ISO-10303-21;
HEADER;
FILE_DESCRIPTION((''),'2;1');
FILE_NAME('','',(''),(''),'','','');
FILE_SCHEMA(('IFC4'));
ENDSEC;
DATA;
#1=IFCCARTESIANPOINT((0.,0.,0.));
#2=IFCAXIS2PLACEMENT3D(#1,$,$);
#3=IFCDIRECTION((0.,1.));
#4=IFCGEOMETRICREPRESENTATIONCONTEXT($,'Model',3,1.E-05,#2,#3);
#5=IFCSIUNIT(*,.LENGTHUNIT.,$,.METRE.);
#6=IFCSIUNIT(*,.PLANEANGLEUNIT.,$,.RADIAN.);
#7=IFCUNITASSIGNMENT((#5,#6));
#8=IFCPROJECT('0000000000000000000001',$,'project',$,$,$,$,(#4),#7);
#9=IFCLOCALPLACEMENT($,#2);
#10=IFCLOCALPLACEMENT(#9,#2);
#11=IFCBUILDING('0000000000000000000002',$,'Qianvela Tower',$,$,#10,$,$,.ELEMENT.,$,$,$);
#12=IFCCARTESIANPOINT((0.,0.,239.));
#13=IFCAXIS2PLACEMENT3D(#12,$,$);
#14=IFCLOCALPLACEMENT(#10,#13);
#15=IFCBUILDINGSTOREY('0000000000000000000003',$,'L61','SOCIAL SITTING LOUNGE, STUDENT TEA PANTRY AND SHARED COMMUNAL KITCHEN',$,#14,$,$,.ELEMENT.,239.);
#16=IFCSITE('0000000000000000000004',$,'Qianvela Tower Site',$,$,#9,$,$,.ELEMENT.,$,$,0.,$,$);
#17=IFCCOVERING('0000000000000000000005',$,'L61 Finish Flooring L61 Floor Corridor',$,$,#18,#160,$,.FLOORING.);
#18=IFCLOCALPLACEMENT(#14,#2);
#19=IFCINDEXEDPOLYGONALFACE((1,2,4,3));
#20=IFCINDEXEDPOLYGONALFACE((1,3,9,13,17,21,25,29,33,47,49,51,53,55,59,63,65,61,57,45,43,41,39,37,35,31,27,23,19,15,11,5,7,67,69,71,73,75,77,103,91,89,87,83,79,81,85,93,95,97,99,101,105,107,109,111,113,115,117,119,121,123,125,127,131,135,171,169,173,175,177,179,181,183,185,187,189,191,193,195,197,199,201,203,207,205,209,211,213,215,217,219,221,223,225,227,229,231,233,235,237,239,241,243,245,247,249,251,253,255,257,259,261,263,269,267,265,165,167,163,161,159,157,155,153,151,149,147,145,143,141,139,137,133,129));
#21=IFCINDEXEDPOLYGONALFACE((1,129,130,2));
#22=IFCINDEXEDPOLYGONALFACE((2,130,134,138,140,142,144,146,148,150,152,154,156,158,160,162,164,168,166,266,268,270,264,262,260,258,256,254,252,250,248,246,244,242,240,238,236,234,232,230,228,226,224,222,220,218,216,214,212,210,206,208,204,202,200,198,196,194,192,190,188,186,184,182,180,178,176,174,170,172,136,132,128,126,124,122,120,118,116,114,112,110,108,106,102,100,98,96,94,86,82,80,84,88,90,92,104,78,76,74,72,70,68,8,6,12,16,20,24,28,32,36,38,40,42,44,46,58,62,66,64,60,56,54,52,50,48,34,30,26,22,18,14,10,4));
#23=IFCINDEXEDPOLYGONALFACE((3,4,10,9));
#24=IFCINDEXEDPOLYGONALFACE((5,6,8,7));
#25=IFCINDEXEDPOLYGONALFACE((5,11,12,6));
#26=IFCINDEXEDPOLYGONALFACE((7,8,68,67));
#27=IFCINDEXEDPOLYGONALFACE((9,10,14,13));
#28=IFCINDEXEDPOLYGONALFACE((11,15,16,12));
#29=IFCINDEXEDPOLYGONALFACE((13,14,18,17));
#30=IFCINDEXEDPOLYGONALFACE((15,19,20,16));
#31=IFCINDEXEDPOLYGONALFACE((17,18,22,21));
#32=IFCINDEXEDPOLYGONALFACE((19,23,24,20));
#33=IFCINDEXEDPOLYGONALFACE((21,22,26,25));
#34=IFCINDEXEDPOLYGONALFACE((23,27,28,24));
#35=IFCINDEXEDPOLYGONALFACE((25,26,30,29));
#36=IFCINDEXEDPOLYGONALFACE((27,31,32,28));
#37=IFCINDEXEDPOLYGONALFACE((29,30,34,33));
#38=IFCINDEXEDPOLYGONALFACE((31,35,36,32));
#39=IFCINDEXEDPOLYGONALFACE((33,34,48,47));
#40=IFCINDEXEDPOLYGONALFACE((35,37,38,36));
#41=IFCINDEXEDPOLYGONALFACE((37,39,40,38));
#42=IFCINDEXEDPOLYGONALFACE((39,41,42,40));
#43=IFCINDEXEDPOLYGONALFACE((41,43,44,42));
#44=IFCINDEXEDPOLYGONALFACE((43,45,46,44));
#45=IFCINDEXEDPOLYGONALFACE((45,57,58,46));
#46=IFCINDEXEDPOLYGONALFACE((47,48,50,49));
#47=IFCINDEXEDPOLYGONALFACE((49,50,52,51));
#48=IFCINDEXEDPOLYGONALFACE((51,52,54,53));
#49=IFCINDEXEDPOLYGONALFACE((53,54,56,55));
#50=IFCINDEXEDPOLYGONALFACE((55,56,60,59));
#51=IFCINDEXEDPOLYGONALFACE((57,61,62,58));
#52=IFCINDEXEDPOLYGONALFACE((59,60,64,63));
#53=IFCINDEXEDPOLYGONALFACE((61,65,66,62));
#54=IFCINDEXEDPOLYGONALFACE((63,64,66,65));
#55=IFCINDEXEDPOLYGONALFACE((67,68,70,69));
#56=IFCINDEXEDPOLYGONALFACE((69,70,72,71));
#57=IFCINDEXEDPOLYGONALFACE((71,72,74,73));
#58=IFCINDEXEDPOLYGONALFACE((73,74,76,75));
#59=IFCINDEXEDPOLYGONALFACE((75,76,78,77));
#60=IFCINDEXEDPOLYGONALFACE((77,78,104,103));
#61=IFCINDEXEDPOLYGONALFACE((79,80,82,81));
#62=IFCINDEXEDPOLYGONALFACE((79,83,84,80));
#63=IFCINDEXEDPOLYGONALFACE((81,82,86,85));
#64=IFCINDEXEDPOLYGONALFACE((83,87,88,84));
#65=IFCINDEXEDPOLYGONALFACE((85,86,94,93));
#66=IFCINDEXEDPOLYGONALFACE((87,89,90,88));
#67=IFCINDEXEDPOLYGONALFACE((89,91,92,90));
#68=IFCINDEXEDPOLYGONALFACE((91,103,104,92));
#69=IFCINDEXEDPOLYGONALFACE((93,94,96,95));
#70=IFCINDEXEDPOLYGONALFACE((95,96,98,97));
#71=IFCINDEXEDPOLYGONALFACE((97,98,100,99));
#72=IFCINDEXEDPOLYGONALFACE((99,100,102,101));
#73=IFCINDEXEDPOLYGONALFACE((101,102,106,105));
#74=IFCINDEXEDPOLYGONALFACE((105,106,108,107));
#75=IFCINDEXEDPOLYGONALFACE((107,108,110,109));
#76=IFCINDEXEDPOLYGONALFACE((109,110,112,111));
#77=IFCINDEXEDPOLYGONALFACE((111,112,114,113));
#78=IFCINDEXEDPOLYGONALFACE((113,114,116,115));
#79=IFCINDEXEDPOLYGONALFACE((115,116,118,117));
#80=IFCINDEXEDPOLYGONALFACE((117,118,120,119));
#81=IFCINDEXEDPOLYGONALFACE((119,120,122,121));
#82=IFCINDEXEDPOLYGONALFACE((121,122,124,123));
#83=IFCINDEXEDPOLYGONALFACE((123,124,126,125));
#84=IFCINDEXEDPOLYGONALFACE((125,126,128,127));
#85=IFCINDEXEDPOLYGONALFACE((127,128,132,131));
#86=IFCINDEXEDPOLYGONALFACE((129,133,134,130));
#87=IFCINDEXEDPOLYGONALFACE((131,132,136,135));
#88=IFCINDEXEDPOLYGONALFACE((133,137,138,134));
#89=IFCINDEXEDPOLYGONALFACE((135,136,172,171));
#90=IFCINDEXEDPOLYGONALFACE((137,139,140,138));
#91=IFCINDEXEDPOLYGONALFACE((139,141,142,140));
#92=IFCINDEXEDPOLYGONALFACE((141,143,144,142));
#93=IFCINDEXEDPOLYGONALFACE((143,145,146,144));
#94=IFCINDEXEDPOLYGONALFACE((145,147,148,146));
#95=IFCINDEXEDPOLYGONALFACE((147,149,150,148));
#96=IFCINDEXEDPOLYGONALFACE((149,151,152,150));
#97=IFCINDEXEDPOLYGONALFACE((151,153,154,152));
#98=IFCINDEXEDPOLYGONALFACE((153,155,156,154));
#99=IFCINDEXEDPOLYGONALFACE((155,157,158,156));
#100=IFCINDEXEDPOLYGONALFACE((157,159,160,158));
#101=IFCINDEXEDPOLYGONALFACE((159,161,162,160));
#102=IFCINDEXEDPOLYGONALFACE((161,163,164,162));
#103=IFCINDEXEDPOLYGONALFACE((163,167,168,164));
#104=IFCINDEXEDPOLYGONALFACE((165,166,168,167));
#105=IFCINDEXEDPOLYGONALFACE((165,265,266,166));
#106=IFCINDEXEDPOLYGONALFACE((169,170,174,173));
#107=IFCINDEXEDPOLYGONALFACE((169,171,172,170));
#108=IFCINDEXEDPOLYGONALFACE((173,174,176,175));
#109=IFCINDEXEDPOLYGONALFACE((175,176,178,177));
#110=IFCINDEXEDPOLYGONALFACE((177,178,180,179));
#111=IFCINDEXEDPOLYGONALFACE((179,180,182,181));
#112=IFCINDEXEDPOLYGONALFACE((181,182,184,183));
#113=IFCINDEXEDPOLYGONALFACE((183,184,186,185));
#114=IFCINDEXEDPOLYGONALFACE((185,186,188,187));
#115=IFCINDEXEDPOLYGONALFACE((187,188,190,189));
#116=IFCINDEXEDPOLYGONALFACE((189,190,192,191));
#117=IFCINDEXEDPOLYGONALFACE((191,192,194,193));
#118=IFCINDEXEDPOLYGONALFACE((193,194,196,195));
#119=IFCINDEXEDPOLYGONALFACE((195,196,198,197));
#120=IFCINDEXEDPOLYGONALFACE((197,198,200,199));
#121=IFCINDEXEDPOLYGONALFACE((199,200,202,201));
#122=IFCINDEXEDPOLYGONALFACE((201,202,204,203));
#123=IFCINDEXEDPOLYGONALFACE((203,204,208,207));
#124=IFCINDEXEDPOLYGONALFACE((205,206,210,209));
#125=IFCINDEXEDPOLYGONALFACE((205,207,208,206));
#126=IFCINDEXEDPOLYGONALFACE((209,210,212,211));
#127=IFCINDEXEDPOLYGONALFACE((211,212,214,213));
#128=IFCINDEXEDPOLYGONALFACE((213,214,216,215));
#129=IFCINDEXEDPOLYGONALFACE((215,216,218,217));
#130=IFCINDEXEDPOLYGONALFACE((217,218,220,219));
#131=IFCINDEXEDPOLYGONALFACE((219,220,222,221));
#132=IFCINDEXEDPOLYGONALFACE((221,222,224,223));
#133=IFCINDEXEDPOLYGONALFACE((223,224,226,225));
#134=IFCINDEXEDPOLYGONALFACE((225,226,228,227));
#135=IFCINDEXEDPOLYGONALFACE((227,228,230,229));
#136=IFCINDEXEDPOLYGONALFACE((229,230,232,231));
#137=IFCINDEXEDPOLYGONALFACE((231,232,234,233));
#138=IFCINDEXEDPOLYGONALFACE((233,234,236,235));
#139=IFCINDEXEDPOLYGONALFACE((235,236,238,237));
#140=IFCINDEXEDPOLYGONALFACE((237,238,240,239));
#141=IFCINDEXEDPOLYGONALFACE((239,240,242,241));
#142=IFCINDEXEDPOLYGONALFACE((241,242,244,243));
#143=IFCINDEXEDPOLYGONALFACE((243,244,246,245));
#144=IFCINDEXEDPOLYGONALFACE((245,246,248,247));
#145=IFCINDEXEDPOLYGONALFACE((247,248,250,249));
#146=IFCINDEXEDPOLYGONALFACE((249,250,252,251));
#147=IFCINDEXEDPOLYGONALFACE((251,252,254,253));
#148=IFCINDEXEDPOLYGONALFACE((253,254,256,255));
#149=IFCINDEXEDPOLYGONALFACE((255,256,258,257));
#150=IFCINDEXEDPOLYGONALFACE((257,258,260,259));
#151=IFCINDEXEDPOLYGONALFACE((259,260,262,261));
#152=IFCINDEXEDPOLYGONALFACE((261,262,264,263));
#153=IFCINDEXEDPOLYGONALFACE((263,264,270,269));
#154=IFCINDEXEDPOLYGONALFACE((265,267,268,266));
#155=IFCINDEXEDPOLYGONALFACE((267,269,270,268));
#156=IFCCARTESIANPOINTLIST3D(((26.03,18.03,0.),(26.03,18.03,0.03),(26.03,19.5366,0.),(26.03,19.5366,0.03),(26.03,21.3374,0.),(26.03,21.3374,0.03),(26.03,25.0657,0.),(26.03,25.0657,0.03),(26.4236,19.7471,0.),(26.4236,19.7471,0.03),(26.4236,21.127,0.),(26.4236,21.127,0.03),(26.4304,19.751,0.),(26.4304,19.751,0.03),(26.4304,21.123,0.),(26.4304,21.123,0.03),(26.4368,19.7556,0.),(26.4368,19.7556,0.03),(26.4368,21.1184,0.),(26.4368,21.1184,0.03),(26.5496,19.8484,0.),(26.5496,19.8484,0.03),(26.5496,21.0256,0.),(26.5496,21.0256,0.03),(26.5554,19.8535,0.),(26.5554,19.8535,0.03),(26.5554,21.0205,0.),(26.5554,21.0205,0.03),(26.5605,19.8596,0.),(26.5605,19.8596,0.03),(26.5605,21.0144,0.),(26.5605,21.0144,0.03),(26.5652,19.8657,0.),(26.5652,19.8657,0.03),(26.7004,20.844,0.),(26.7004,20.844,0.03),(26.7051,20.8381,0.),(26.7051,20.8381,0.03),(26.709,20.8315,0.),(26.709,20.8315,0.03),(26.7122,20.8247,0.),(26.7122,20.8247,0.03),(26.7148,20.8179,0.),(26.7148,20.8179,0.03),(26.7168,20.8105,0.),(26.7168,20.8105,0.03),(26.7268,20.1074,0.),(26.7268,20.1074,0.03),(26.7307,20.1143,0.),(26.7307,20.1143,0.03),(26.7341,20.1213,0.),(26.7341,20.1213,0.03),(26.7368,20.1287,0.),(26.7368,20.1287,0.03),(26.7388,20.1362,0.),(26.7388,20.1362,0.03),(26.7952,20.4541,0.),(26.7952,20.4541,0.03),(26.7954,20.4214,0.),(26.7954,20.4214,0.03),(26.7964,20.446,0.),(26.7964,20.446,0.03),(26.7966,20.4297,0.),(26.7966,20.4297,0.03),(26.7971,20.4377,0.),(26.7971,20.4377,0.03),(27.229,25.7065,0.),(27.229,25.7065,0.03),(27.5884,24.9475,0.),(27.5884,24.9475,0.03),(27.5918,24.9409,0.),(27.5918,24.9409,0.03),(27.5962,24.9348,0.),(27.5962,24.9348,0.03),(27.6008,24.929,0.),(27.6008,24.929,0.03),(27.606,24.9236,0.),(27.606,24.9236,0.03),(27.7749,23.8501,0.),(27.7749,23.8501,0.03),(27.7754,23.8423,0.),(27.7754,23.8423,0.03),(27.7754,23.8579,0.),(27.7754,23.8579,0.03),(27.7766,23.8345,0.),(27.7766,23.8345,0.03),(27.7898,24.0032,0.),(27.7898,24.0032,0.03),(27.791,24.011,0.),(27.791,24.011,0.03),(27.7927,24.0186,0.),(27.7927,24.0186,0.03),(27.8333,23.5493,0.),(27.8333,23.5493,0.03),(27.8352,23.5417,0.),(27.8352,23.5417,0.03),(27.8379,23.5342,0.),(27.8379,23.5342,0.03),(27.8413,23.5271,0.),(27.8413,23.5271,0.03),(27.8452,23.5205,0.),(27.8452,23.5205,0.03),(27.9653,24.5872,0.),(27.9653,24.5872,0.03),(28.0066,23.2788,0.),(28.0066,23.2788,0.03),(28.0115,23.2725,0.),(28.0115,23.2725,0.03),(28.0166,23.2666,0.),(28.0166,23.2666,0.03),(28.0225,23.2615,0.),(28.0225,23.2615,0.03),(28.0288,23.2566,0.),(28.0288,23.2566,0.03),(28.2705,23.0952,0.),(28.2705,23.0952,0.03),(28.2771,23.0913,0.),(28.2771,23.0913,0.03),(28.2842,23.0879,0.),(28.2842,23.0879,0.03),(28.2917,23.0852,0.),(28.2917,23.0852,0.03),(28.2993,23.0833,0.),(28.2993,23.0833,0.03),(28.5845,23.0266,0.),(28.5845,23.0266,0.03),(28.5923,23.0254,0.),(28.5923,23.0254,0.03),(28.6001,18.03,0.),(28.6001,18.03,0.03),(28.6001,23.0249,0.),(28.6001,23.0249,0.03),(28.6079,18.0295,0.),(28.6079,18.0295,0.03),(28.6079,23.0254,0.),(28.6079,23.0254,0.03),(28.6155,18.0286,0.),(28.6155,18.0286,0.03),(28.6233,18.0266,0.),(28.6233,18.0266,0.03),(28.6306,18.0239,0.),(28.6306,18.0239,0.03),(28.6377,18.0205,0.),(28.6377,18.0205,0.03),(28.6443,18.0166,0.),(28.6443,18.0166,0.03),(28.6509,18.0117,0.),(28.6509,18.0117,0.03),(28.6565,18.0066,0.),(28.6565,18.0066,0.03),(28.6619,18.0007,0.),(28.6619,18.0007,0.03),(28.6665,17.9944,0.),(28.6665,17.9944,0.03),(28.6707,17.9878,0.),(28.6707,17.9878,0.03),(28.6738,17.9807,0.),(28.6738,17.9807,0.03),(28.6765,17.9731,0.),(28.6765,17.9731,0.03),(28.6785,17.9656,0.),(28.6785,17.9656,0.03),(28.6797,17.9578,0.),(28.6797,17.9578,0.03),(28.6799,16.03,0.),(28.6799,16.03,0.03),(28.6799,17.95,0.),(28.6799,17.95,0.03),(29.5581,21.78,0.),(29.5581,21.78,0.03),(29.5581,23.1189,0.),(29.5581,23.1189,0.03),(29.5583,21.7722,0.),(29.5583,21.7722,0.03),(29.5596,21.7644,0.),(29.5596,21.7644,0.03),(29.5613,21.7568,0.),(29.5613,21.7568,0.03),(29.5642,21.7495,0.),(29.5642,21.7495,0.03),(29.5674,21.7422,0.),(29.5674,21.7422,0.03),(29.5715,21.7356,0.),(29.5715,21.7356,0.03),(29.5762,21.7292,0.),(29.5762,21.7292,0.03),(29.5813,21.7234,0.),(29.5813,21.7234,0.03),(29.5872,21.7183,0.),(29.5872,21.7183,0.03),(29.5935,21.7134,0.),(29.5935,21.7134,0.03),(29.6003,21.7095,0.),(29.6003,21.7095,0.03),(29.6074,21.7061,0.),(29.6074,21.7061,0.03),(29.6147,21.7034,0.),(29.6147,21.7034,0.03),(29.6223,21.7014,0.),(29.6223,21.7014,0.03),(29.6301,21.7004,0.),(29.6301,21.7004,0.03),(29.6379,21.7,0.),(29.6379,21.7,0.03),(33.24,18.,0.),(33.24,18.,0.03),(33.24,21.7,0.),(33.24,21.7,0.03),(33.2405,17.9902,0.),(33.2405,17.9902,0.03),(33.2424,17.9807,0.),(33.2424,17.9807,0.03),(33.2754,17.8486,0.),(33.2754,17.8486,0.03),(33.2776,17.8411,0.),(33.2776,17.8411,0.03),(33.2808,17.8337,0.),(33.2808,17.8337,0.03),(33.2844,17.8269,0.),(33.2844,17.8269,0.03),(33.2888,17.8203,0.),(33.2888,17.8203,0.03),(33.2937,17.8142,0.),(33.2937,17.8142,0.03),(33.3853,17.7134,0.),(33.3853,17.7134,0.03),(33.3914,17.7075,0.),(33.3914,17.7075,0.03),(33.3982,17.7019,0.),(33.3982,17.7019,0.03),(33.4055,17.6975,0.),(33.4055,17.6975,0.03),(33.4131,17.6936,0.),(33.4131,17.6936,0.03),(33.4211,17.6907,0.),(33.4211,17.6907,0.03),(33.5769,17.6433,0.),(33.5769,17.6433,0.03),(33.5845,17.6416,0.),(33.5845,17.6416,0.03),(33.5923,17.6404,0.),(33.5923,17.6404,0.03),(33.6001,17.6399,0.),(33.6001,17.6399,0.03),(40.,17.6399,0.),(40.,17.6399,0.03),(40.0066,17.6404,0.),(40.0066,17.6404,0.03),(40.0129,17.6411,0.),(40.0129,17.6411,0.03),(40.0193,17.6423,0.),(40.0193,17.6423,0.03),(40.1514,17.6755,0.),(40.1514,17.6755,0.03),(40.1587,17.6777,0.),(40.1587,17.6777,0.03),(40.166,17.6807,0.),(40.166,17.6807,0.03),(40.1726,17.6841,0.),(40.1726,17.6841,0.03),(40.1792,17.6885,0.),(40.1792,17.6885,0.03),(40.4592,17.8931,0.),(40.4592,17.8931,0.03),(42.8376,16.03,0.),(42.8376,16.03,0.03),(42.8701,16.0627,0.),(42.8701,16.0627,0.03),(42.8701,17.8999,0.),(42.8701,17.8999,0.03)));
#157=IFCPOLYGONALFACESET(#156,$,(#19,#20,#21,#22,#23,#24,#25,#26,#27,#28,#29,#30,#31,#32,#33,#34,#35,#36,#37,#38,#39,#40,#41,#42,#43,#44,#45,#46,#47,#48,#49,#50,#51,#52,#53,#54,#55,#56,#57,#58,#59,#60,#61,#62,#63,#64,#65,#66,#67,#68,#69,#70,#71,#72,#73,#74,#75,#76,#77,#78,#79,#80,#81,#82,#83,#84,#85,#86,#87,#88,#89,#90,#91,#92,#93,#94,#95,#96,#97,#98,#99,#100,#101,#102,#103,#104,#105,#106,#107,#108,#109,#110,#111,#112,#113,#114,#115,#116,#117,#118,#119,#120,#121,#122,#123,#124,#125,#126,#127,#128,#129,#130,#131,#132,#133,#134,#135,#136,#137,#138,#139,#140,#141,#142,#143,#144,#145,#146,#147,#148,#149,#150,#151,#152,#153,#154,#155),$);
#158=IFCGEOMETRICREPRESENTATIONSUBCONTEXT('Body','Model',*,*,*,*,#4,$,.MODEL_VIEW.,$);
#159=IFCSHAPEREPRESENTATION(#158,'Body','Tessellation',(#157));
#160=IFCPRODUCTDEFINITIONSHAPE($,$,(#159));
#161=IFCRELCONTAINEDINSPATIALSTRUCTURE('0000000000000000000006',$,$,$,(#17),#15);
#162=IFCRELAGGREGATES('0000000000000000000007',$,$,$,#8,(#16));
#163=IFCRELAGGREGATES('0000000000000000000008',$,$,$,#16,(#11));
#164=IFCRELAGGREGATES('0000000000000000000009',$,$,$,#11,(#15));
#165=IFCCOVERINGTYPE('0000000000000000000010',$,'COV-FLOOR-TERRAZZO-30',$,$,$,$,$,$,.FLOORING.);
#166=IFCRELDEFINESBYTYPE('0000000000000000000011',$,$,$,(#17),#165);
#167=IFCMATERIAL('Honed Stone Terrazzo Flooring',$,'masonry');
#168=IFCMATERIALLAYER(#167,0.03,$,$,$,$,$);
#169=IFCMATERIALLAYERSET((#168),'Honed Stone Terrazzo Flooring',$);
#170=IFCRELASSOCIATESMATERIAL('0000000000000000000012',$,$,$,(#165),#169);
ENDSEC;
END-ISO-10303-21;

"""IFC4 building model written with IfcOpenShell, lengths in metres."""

from ifc_helpers import new_model, si_unit, direction, frame, origin, place, context, subcontext, project, spatial, polyline, outline, extrude, material, layer, layer_set, type_object, element, save


model = new_model("IFC4")

# Units and contexts
model_context = context("Model", 3, precision=1e-05, world=origin(), true_north=direction((0.0, 1.0)))
body_context = subcontext(model_context, "Body", "Model", "MODEL_VIEW")
ifc_project = project(units=[si_unit("LENGTHUNIT", "METRE"), si_unit("PLANEANGLEUNIT", "RADIAN")], contexts=[model_context])

# Site, building, storey
site_placement = place(None, origin())
site = spatial("IfcSite", under=ifc_project, at=site_placement, Name="Qianvela Tower Site", CompositionType="ELEMENT", RefElevation=0.0)
building_placement = place(site_placement, origin())
building = spatial("IfcBuilding", under=site, at=building_placement, Name="Qianvela Tower", CompositionType="ELEMENT")
storey_placement = place(building_placement, frame((0.0, 0.0, 239.0)))
storey = spatial("IfcBuildingStorey", under=building, at=storey_placement, Name="L61", Description="SOCIAL SITTING LOUNGE, STUDENT TEA PANTRY AND SHARED COMMUNAL KITCHEN", CompositionType="ELEMENT", Elevation=239.0)

# Covering
ifc_material_1 = material(Name="Honed Stone Terrazzo Flooring", Category="masonry")
ifc_layer_1 = layer(ifc_material_1, 0.03)
ifc_layer_set_1 = layer_set([ifc_layer_1], Name="Honed Stone Terrazzo Flooring")
covering_type_1 = type_object("IfcCoveringType", Name="COV-FLOOR-TERRAZZO-30", PredefinedType="FLOORING", material=ifc_layer_set_1)
covering_1_placement = place(storey_placement, origin())
element("IfcCovering", 1, at=covering_1_placement, inside=storey, type_object=covering_type_1, Name="L61 Finish Flooring L61 Floor Corridor", PredefinedType="FLOORING", context=body_context, shape_type="SweptSolid", body=[
    extrude(outline(polyline([(27.7927, 24.0186), (27.791, 24.011), (27.7898, 24.0032), (27.7754, 23.8579), (27.7749, 23.8501), (27.7754, 23.8423), (27.7766, 23.8345), (27.8333, 23.5493), (27.8352, 23.5417), (27.8379, 23.5342), (27.8413, 23.5271), (27.8452, 23.5205), (28.0066, 23.2788), (28.0115, 23.2725), (28.0166, 23.2666), (28.0225, 23.2615), (28.0288, 23.2566), (28.2705, 23.0952), (28.2771, 23.0913), (28.2842, 23.0879), (28.2917, 23.0852), (28.2993, 23.0833), (28.5845, 23.0266), (28.5923, 23.0254), (28.6001, 23.0249), (28.6079, 23.0254), (29.5581, 23.1189), (29.5581, 21.78), (29.5583, 21.7722), (29.5596, 21.7644), (29.5613, 21.7568), (29.5642, 21.7495), (29.5674, 21.7422), (29.5715, 21.7356), (29.5762, 21.7292), (29.5813, 21.7234), (29.5872, 21.7183), (29.5935, 21.7134), (29.6003, 21.7095), (29.6074, 21.7061), (29.6147, 21.7034), (29.6223, 21.7014), (29.6301, 21.7004), (29.6379, 21.7), (33.24, 21.7), (33.24, 18.0), (33.2405, 17.9902), (33.2424, 17.9807), (33.2754, 17.8486), (33.2776, 17.8411), (33.2808, 17.8337), (33.2844, 17.8269), (33.2888, 17.8203), (33.2937, 17.8142), (33.3853, 17.7134), (33.3914, 17.7075), (33.3982, 17.7019), (33.4055, 17.6975), (33.4131, 17.6936), (33.4211, 17.6907), (33.5769, 17.6433), (33.5845, 17.6416), (33.5923, 17.6404), (33.6001, 17.6399), (40.0, 17.6399), (40.0066, 17.6404), (40.0129, 17.6411), (40.0193, 17.6423), (40.1514, 17.6755), (40.1587, 17.6777), (40.166, 17.6807), (40.1726, 17.6841), (40.1792, 17.6885), (40.4592, 17.8931), (42.8701, 17.8999), (42.8701, 16.0627), (42.8376, 16.03), (28.6799, 16.03), (28.6799, 17.95), (28.6797, 17.9578), (28.6785, 17.9656), (28.6765, 17.9731), (28.6738, 17.9807), (28.6707, 17.9878), (28.6665, 17.9944), (28.6619, 18.0007), (28.6565, 18.0066), (28.6509, 18.0117), (28.6443, 18.0166), (28.6377, 18.0205), (28.6306, 18.0239), (28.6233, 18.0266), (28.6155, 18.0286), (28.6079, 18.0295), (28.6001, 18.03), (26.03, 18.03), (26.03, 19.5366), (26.4236, 19.7471), (26.4304, 19.751), (26.4368, 19.7556), (26.5496, 19.8484), (26.5554, 19.8535), (26.5605, 19.8596), (26.5652, 19.8657), (26.7268, 20.1074), (26.7307, 20.1143), (26.7341, 20.1213), (26.7368, 20.1287), (26.7388, 20.1362), (26.7954, 20.4214), (26.7966, 20.4297), (26.7971, 20.4377), (26.7964, 20.446), (26.7952, 20.4541), (26.7168, 20.8105), (26.7148, 20.8179), (26.7122, 20.8247), (26.709, 20.8315), (26.7051, 20.8381), (26.7004, 20.844), (26.5605, 21.0144), (26.5554, 21.0205), (26.5496, 21.0256), (26.4368, 21.1184), (26.4304, 21.123), (26.4236, 21.127), (26.03, 21.3374), (26.03, 25.0657), (27.229, 25.7065), (27.5884, 24.9475), (27.5918, 24.9409), (27.5962, 24.9348), (27.6008, 24.929), (27.606, 24.9236), (27.9653, 24.5872), (27.7927, 24.0186)])), origin(), (0.0, 0.0, 1.0), 0.03),
])

save(model, "model.ifc")
